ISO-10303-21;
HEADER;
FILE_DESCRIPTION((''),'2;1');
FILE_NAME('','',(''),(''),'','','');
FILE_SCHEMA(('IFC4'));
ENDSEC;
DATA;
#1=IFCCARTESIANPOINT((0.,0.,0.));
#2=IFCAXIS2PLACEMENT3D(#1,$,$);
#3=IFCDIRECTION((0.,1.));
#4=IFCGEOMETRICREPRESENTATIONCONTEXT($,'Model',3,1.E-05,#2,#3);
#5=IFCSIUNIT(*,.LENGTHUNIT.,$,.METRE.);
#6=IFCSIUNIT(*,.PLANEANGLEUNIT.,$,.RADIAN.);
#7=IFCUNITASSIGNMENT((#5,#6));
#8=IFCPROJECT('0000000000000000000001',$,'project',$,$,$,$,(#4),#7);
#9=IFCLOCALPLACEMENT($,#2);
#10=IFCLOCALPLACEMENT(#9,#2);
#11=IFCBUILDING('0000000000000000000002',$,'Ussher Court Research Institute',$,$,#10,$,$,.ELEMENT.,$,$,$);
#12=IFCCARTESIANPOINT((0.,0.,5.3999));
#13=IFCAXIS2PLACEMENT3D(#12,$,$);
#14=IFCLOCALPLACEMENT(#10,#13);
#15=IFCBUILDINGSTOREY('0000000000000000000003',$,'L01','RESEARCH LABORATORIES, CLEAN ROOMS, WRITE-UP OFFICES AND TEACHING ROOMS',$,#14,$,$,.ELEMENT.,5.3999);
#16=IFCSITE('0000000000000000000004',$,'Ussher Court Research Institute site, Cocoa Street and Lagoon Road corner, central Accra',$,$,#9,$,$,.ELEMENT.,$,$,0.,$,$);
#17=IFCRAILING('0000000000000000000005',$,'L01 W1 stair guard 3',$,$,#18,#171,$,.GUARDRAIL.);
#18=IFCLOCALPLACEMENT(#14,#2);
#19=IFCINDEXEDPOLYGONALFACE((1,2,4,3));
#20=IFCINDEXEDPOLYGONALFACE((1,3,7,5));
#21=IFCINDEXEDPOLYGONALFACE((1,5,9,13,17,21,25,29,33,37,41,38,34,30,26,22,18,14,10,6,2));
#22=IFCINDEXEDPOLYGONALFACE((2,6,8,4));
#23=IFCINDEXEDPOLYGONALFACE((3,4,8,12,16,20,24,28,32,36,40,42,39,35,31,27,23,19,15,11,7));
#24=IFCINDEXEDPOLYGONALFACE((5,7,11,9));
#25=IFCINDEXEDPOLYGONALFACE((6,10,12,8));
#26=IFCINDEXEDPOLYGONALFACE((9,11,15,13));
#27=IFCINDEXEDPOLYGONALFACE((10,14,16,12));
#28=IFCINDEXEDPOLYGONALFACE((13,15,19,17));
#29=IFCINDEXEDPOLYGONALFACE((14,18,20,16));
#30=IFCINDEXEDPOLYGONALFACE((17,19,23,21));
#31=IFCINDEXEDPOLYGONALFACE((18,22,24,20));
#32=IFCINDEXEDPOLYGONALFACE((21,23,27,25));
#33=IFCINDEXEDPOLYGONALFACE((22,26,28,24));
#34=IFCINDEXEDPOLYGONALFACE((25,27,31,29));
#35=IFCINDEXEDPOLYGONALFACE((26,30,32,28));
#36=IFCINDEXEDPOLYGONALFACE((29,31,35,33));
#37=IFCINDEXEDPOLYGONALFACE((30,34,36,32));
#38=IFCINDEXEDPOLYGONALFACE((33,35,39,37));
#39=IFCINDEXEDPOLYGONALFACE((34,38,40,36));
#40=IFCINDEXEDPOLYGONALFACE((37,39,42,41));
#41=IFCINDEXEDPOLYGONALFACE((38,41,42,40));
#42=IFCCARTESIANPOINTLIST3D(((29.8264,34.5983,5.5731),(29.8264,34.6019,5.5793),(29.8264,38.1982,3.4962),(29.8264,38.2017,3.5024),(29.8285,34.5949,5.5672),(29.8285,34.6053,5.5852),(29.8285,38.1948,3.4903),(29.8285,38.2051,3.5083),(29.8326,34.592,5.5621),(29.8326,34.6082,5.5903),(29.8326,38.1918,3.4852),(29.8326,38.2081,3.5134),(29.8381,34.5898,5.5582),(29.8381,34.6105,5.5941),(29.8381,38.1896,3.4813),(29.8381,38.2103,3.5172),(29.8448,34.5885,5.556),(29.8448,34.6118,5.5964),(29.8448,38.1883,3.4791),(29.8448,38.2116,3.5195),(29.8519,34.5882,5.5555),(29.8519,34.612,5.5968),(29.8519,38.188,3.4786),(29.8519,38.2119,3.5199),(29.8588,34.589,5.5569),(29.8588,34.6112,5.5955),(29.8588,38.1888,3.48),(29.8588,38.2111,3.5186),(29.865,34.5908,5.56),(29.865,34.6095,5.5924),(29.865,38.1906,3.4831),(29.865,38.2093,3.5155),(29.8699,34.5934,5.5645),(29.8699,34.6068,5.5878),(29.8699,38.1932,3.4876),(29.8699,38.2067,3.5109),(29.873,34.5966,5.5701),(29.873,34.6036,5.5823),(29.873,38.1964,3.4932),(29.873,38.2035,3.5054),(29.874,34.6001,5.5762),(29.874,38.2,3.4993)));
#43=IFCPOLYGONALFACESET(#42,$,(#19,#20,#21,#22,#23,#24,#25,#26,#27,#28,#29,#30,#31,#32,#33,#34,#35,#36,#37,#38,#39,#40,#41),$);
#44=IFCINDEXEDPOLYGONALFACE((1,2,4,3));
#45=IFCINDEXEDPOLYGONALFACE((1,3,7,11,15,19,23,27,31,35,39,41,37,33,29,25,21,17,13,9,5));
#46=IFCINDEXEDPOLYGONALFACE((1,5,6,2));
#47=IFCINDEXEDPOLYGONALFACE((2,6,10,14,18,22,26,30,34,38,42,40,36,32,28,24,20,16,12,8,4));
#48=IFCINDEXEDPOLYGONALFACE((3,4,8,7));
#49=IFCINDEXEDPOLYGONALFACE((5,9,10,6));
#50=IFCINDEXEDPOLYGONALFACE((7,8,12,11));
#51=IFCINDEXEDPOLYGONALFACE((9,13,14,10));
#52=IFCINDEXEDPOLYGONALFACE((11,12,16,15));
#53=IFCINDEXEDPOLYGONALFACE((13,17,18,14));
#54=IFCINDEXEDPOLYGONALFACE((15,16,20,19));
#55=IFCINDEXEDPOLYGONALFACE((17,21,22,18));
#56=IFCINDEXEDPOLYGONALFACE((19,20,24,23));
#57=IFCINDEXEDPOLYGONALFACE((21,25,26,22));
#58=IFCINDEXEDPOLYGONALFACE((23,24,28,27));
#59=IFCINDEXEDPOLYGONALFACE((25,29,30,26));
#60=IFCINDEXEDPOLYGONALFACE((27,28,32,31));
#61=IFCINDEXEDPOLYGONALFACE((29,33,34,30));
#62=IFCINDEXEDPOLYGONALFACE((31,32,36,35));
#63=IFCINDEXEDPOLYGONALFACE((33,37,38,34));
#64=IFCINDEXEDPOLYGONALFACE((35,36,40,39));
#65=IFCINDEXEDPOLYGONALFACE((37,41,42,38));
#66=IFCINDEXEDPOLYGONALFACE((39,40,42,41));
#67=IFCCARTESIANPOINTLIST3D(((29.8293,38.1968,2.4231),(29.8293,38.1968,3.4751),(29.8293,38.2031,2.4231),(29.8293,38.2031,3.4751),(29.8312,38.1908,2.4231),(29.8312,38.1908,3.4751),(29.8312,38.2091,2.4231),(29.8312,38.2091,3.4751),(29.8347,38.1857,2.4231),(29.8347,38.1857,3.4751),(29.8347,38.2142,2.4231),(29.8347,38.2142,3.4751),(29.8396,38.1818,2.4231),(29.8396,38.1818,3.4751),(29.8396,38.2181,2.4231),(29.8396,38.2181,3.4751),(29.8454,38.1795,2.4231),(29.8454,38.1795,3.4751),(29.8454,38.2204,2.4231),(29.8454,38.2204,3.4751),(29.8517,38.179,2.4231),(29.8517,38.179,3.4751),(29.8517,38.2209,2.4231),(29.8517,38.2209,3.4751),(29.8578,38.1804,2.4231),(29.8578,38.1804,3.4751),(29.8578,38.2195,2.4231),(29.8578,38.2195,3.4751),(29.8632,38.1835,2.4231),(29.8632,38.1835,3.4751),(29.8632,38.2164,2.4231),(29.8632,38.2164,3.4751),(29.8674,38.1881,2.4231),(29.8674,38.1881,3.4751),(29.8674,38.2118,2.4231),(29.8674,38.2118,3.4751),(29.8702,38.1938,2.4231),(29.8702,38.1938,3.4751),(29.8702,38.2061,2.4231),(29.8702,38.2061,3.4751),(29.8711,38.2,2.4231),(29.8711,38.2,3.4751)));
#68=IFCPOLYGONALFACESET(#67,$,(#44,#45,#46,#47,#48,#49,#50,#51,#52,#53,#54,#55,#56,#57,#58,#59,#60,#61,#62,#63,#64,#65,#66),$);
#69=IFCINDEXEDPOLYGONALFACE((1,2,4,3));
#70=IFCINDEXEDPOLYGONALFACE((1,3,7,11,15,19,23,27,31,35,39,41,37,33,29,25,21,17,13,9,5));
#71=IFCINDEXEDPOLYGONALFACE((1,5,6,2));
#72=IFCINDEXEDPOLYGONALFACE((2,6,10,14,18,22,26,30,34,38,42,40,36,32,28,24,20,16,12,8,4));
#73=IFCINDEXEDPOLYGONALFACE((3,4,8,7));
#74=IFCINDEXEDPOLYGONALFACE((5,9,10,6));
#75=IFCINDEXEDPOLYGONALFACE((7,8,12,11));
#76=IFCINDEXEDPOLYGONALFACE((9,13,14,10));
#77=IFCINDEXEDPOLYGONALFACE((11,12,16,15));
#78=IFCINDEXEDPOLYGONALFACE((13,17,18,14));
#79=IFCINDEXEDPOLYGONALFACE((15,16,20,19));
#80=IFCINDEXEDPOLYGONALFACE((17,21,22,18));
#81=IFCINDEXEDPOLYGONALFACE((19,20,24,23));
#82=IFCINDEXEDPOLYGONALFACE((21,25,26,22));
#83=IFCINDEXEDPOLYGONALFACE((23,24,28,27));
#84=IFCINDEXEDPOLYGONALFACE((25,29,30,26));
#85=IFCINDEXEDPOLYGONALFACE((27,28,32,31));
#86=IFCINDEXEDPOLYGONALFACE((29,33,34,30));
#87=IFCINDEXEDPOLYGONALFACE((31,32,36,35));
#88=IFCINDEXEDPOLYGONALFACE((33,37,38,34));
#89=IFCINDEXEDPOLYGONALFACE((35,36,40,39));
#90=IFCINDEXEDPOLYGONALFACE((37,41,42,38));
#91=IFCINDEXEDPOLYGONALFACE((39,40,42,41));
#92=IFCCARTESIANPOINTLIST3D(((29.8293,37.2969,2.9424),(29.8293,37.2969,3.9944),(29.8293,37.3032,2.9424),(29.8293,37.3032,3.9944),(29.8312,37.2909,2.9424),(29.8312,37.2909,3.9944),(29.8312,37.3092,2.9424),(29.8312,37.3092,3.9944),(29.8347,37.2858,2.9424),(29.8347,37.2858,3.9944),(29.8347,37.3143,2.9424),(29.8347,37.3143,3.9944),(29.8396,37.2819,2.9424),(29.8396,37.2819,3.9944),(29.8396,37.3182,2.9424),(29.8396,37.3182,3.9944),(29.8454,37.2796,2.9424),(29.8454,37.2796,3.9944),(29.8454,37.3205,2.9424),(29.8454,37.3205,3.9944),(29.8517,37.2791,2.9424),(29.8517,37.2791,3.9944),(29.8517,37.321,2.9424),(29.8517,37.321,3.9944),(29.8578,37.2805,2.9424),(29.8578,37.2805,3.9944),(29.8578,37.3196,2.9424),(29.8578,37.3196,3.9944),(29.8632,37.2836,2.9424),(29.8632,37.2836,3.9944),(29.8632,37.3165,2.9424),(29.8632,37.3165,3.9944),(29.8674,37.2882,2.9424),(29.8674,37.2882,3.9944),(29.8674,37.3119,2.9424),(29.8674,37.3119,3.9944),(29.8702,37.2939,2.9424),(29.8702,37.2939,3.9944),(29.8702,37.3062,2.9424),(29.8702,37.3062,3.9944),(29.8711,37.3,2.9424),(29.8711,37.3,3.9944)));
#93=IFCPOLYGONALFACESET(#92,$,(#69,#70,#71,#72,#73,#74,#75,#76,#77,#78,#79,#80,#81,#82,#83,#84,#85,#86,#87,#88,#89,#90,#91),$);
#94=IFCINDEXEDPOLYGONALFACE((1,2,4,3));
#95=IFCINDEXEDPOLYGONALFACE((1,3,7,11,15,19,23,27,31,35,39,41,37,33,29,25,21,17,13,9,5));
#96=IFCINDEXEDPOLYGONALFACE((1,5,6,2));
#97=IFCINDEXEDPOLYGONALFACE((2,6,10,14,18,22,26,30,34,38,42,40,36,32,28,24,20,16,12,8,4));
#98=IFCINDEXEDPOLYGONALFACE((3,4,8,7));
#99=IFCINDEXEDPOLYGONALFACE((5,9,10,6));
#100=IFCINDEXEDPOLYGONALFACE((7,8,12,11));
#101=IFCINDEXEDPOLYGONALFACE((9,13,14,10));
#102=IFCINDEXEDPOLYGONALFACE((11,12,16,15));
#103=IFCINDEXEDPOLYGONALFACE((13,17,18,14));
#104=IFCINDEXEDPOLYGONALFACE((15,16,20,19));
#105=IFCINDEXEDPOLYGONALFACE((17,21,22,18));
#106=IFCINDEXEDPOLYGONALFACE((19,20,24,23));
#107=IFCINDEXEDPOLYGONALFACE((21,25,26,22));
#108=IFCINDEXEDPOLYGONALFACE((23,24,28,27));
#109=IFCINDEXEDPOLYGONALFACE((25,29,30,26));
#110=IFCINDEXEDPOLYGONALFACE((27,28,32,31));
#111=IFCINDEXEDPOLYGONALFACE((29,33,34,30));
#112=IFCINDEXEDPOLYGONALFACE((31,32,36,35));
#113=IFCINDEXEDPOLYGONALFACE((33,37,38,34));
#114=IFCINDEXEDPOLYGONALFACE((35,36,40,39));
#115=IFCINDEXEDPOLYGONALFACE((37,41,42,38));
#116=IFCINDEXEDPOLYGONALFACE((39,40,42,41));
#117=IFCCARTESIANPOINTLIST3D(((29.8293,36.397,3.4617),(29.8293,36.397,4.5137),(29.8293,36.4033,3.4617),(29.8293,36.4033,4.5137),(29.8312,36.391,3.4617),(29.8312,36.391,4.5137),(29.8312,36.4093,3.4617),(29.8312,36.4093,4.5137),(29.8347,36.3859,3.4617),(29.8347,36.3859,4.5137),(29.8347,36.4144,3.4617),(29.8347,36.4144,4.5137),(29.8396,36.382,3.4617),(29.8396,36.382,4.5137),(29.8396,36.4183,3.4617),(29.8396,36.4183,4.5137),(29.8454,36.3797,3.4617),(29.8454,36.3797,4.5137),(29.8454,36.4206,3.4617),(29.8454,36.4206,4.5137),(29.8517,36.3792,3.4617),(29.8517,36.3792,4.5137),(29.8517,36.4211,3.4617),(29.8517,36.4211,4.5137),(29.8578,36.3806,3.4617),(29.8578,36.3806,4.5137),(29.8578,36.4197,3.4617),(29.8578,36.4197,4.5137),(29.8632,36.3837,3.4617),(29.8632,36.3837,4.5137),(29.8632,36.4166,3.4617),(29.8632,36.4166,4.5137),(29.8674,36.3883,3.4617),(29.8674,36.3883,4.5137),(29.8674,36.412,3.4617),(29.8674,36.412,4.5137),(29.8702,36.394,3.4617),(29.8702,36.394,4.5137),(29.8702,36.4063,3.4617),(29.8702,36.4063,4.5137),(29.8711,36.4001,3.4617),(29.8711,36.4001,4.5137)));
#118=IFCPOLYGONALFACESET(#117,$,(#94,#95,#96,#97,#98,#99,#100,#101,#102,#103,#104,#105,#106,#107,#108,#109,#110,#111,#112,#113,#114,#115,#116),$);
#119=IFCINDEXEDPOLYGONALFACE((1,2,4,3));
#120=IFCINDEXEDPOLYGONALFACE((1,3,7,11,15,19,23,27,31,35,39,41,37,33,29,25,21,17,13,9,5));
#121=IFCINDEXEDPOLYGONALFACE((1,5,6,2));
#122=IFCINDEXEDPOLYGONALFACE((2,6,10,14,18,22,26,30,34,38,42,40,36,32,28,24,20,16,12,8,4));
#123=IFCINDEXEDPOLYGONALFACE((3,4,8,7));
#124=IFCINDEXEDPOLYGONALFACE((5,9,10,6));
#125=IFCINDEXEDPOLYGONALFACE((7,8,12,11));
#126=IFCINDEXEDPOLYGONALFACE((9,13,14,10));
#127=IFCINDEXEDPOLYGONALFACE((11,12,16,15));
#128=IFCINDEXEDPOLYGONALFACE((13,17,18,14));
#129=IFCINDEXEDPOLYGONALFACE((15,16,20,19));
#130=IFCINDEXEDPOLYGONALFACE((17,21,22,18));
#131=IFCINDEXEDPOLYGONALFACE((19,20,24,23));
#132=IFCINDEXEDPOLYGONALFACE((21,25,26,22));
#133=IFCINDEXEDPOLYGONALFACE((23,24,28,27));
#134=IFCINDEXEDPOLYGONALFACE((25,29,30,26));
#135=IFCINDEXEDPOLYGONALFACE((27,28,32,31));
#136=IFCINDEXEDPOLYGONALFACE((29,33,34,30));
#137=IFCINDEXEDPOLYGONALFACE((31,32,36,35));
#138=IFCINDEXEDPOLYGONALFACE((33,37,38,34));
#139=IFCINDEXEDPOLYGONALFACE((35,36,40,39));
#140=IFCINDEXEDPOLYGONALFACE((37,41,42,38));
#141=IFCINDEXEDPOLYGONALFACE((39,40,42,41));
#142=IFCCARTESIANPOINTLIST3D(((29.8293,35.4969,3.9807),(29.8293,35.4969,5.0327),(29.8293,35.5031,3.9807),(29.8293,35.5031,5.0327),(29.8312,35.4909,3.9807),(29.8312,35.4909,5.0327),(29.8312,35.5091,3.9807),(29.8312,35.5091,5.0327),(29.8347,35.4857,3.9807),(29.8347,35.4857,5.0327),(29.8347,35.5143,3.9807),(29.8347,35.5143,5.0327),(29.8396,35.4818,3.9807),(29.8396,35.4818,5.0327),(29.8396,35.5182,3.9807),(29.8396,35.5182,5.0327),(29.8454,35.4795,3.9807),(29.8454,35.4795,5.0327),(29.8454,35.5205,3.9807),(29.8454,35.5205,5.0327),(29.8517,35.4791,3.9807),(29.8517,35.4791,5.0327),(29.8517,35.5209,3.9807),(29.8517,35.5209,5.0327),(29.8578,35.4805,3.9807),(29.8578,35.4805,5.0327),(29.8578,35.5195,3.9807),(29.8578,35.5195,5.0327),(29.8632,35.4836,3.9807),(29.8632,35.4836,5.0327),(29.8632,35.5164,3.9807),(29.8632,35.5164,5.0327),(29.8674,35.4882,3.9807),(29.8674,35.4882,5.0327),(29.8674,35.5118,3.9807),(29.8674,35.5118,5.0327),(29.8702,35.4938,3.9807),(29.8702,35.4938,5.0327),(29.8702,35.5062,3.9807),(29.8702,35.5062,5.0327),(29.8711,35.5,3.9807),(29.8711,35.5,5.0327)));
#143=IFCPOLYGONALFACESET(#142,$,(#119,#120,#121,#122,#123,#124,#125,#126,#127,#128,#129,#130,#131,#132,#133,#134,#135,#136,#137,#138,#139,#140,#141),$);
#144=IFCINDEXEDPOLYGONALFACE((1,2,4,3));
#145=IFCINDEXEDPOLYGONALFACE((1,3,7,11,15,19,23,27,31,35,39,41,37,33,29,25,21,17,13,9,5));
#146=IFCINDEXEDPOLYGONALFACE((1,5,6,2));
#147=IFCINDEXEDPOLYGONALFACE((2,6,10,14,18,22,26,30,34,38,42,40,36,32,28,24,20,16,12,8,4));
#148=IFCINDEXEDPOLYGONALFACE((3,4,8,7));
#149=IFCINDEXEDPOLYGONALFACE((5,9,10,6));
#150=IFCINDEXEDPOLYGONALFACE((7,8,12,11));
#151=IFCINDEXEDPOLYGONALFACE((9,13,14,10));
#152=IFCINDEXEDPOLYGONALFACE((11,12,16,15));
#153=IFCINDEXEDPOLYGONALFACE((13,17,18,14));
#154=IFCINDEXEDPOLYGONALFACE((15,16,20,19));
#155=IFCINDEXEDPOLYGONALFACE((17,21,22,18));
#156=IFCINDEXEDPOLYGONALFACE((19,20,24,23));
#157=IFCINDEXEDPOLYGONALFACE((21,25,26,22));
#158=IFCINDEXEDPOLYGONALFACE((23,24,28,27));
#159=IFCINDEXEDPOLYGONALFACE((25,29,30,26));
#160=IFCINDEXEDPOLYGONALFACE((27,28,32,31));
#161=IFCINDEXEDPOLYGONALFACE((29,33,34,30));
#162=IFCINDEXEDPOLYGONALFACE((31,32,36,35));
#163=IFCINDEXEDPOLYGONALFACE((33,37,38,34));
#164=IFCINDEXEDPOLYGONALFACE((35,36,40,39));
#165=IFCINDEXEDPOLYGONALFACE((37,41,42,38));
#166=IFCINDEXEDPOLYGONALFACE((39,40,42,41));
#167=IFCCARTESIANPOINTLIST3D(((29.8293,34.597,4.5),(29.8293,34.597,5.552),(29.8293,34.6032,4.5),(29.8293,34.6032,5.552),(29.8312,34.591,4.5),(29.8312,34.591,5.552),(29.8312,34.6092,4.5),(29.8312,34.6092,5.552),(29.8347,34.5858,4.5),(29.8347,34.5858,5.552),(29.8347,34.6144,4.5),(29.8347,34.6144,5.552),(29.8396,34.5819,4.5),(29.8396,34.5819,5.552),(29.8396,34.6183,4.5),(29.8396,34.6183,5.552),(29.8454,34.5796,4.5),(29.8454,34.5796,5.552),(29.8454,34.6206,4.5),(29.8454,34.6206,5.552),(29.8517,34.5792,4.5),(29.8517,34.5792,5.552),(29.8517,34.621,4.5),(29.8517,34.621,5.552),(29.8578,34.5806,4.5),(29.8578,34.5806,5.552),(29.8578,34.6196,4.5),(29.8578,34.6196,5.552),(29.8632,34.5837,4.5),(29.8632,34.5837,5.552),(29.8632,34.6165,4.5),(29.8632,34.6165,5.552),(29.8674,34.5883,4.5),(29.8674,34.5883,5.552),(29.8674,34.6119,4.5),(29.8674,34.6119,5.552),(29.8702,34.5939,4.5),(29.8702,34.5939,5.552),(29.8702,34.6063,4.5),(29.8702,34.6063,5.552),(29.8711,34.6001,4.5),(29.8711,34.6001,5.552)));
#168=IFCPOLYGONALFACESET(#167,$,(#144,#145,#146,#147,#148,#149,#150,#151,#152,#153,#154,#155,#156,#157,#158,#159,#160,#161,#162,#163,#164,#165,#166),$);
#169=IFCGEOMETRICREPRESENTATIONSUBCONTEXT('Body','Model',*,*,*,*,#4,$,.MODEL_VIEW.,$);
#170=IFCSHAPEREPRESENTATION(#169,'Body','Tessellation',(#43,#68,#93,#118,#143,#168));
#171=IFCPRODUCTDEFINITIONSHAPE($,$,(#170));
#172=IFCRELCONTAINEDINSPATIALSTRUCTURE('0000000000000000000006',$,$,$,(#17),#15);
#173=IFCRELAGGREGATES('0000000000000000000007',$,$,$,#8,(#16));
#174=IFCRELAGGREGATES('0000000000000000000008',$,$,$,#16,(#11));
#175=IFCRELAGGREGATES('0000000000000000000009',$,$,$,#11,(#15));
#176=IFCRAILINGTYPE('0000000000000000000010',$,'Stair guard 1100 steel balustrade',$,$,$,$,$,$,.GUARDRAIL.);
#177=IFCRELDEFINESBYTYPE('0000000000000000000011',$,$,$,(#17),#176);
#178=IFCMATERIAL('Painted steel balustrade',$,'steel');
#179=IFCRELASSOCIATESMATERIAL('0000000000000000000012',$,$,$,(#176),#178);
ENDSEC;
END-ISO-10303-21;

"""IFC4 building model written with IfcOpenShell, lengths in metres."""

from ifc_helpers import new_model, si_unit, direction, frame, origin, origin_2d, place, context, subcontext, project, spatial, circle, extrude, material, type_object, element, save


model = new_model("IFC4")

# Units and contexts
model_context = context("Model", 3, precision=1e-05, world=origin(), true_north=direction((0.0, 1.0)))
body_context = subcontext(model_context, "Body", "Model", "MODEL_VIEW")
ifc_project = project(units=[si_unit("LENGTHUNIT", "METRE"), si_unit("PLANEANGLEUNIT", "RADIAN")], contexts=[model_context])

# Site, building, storey
site_placement = place(None, origin())
site = spatial("IfcSite", under=ifc_project, at=site_placement, Name="Ussher Court Research Institute site, Cocoa Street and Lagoon Road corner, central Accra", CompositionType="ELEMENT", RefElevation=0.0)
building_placement = place(site_placement, origin())
building = spatial("IfcBuilding", under=site, at=building_placement, Name="Ussher Court Research Institute", CompositionType="ELEMENT")
storey_placement = place(building_placement, frame((0.0, 0.0, 5.3999)))
storey = spatial("IfcBuildingStorey", under=building, at=storey_placement, Name="L01", Description="RESEARCH LABORATORIES, CLEAN ROOMS, WRITE-UP OFFICES AND TEACHING ROOMS", CompositionType="ELEMENT", Elevation=5.3999)

# Railing
ifc_material_1 = material(Name="Painted steel balustrade", Category="steel")
railing_type_1 = type_object("IfcRailingType", Name="Stair guard 1100 steel balustrade", PredefinedType="GUARDRAIL", material=ifc_material_1)
railing_1_placement = place(storey_placement, frame((29.8501, 38.2, 2.4231)))
element("IfcRailing", 1, at=railing_1_placement, inside=storey, type_object=railing_type_1, Name="L01 W1 stair guard 3", PredefinedType="GUARDRAIL", context=body_context, shape_type="SweptSolid", body=[
    extrude(circle(Radius=0.0239, at=origin_2d()), frame((0.0, 0.0, 1.0762), z_axis=(0.0, -0.866179, 0.499734), x_axis=(1.0, 0.0, 0.0)), (0.0, 0.0, 1.0), 4.156),
    extrude(circle(Radius=0.021, at=origin_2d()), origin(), (0.0, 0.0, 1.0), 1.052),
    extrude(circle(Radius=0.021, at=origin_2d()), frame((0.0, -0.8999, 0.5193)), (0.0, 0.0, 1.0), 1.052),
    extrude(circle(Radius=0.021, at=origin_2d()), frame((0.0, -1.7998, 1.0386)), (0.0, 0.0, 1.0), 1.052),
    extrude(circle(Radius=0.021, at=origin_2d()), frame((0.0, -2.7, 1.5576)), (0.0, 0.0, 1.0), 1.052),
    extrude(circle(Radius=0.021, at=origin_2d()), frame((0.0, -3.5999, 2.0769)), (0.0, 0.0, 1.0), 1.052),
])

save(model, "model.ifc")
